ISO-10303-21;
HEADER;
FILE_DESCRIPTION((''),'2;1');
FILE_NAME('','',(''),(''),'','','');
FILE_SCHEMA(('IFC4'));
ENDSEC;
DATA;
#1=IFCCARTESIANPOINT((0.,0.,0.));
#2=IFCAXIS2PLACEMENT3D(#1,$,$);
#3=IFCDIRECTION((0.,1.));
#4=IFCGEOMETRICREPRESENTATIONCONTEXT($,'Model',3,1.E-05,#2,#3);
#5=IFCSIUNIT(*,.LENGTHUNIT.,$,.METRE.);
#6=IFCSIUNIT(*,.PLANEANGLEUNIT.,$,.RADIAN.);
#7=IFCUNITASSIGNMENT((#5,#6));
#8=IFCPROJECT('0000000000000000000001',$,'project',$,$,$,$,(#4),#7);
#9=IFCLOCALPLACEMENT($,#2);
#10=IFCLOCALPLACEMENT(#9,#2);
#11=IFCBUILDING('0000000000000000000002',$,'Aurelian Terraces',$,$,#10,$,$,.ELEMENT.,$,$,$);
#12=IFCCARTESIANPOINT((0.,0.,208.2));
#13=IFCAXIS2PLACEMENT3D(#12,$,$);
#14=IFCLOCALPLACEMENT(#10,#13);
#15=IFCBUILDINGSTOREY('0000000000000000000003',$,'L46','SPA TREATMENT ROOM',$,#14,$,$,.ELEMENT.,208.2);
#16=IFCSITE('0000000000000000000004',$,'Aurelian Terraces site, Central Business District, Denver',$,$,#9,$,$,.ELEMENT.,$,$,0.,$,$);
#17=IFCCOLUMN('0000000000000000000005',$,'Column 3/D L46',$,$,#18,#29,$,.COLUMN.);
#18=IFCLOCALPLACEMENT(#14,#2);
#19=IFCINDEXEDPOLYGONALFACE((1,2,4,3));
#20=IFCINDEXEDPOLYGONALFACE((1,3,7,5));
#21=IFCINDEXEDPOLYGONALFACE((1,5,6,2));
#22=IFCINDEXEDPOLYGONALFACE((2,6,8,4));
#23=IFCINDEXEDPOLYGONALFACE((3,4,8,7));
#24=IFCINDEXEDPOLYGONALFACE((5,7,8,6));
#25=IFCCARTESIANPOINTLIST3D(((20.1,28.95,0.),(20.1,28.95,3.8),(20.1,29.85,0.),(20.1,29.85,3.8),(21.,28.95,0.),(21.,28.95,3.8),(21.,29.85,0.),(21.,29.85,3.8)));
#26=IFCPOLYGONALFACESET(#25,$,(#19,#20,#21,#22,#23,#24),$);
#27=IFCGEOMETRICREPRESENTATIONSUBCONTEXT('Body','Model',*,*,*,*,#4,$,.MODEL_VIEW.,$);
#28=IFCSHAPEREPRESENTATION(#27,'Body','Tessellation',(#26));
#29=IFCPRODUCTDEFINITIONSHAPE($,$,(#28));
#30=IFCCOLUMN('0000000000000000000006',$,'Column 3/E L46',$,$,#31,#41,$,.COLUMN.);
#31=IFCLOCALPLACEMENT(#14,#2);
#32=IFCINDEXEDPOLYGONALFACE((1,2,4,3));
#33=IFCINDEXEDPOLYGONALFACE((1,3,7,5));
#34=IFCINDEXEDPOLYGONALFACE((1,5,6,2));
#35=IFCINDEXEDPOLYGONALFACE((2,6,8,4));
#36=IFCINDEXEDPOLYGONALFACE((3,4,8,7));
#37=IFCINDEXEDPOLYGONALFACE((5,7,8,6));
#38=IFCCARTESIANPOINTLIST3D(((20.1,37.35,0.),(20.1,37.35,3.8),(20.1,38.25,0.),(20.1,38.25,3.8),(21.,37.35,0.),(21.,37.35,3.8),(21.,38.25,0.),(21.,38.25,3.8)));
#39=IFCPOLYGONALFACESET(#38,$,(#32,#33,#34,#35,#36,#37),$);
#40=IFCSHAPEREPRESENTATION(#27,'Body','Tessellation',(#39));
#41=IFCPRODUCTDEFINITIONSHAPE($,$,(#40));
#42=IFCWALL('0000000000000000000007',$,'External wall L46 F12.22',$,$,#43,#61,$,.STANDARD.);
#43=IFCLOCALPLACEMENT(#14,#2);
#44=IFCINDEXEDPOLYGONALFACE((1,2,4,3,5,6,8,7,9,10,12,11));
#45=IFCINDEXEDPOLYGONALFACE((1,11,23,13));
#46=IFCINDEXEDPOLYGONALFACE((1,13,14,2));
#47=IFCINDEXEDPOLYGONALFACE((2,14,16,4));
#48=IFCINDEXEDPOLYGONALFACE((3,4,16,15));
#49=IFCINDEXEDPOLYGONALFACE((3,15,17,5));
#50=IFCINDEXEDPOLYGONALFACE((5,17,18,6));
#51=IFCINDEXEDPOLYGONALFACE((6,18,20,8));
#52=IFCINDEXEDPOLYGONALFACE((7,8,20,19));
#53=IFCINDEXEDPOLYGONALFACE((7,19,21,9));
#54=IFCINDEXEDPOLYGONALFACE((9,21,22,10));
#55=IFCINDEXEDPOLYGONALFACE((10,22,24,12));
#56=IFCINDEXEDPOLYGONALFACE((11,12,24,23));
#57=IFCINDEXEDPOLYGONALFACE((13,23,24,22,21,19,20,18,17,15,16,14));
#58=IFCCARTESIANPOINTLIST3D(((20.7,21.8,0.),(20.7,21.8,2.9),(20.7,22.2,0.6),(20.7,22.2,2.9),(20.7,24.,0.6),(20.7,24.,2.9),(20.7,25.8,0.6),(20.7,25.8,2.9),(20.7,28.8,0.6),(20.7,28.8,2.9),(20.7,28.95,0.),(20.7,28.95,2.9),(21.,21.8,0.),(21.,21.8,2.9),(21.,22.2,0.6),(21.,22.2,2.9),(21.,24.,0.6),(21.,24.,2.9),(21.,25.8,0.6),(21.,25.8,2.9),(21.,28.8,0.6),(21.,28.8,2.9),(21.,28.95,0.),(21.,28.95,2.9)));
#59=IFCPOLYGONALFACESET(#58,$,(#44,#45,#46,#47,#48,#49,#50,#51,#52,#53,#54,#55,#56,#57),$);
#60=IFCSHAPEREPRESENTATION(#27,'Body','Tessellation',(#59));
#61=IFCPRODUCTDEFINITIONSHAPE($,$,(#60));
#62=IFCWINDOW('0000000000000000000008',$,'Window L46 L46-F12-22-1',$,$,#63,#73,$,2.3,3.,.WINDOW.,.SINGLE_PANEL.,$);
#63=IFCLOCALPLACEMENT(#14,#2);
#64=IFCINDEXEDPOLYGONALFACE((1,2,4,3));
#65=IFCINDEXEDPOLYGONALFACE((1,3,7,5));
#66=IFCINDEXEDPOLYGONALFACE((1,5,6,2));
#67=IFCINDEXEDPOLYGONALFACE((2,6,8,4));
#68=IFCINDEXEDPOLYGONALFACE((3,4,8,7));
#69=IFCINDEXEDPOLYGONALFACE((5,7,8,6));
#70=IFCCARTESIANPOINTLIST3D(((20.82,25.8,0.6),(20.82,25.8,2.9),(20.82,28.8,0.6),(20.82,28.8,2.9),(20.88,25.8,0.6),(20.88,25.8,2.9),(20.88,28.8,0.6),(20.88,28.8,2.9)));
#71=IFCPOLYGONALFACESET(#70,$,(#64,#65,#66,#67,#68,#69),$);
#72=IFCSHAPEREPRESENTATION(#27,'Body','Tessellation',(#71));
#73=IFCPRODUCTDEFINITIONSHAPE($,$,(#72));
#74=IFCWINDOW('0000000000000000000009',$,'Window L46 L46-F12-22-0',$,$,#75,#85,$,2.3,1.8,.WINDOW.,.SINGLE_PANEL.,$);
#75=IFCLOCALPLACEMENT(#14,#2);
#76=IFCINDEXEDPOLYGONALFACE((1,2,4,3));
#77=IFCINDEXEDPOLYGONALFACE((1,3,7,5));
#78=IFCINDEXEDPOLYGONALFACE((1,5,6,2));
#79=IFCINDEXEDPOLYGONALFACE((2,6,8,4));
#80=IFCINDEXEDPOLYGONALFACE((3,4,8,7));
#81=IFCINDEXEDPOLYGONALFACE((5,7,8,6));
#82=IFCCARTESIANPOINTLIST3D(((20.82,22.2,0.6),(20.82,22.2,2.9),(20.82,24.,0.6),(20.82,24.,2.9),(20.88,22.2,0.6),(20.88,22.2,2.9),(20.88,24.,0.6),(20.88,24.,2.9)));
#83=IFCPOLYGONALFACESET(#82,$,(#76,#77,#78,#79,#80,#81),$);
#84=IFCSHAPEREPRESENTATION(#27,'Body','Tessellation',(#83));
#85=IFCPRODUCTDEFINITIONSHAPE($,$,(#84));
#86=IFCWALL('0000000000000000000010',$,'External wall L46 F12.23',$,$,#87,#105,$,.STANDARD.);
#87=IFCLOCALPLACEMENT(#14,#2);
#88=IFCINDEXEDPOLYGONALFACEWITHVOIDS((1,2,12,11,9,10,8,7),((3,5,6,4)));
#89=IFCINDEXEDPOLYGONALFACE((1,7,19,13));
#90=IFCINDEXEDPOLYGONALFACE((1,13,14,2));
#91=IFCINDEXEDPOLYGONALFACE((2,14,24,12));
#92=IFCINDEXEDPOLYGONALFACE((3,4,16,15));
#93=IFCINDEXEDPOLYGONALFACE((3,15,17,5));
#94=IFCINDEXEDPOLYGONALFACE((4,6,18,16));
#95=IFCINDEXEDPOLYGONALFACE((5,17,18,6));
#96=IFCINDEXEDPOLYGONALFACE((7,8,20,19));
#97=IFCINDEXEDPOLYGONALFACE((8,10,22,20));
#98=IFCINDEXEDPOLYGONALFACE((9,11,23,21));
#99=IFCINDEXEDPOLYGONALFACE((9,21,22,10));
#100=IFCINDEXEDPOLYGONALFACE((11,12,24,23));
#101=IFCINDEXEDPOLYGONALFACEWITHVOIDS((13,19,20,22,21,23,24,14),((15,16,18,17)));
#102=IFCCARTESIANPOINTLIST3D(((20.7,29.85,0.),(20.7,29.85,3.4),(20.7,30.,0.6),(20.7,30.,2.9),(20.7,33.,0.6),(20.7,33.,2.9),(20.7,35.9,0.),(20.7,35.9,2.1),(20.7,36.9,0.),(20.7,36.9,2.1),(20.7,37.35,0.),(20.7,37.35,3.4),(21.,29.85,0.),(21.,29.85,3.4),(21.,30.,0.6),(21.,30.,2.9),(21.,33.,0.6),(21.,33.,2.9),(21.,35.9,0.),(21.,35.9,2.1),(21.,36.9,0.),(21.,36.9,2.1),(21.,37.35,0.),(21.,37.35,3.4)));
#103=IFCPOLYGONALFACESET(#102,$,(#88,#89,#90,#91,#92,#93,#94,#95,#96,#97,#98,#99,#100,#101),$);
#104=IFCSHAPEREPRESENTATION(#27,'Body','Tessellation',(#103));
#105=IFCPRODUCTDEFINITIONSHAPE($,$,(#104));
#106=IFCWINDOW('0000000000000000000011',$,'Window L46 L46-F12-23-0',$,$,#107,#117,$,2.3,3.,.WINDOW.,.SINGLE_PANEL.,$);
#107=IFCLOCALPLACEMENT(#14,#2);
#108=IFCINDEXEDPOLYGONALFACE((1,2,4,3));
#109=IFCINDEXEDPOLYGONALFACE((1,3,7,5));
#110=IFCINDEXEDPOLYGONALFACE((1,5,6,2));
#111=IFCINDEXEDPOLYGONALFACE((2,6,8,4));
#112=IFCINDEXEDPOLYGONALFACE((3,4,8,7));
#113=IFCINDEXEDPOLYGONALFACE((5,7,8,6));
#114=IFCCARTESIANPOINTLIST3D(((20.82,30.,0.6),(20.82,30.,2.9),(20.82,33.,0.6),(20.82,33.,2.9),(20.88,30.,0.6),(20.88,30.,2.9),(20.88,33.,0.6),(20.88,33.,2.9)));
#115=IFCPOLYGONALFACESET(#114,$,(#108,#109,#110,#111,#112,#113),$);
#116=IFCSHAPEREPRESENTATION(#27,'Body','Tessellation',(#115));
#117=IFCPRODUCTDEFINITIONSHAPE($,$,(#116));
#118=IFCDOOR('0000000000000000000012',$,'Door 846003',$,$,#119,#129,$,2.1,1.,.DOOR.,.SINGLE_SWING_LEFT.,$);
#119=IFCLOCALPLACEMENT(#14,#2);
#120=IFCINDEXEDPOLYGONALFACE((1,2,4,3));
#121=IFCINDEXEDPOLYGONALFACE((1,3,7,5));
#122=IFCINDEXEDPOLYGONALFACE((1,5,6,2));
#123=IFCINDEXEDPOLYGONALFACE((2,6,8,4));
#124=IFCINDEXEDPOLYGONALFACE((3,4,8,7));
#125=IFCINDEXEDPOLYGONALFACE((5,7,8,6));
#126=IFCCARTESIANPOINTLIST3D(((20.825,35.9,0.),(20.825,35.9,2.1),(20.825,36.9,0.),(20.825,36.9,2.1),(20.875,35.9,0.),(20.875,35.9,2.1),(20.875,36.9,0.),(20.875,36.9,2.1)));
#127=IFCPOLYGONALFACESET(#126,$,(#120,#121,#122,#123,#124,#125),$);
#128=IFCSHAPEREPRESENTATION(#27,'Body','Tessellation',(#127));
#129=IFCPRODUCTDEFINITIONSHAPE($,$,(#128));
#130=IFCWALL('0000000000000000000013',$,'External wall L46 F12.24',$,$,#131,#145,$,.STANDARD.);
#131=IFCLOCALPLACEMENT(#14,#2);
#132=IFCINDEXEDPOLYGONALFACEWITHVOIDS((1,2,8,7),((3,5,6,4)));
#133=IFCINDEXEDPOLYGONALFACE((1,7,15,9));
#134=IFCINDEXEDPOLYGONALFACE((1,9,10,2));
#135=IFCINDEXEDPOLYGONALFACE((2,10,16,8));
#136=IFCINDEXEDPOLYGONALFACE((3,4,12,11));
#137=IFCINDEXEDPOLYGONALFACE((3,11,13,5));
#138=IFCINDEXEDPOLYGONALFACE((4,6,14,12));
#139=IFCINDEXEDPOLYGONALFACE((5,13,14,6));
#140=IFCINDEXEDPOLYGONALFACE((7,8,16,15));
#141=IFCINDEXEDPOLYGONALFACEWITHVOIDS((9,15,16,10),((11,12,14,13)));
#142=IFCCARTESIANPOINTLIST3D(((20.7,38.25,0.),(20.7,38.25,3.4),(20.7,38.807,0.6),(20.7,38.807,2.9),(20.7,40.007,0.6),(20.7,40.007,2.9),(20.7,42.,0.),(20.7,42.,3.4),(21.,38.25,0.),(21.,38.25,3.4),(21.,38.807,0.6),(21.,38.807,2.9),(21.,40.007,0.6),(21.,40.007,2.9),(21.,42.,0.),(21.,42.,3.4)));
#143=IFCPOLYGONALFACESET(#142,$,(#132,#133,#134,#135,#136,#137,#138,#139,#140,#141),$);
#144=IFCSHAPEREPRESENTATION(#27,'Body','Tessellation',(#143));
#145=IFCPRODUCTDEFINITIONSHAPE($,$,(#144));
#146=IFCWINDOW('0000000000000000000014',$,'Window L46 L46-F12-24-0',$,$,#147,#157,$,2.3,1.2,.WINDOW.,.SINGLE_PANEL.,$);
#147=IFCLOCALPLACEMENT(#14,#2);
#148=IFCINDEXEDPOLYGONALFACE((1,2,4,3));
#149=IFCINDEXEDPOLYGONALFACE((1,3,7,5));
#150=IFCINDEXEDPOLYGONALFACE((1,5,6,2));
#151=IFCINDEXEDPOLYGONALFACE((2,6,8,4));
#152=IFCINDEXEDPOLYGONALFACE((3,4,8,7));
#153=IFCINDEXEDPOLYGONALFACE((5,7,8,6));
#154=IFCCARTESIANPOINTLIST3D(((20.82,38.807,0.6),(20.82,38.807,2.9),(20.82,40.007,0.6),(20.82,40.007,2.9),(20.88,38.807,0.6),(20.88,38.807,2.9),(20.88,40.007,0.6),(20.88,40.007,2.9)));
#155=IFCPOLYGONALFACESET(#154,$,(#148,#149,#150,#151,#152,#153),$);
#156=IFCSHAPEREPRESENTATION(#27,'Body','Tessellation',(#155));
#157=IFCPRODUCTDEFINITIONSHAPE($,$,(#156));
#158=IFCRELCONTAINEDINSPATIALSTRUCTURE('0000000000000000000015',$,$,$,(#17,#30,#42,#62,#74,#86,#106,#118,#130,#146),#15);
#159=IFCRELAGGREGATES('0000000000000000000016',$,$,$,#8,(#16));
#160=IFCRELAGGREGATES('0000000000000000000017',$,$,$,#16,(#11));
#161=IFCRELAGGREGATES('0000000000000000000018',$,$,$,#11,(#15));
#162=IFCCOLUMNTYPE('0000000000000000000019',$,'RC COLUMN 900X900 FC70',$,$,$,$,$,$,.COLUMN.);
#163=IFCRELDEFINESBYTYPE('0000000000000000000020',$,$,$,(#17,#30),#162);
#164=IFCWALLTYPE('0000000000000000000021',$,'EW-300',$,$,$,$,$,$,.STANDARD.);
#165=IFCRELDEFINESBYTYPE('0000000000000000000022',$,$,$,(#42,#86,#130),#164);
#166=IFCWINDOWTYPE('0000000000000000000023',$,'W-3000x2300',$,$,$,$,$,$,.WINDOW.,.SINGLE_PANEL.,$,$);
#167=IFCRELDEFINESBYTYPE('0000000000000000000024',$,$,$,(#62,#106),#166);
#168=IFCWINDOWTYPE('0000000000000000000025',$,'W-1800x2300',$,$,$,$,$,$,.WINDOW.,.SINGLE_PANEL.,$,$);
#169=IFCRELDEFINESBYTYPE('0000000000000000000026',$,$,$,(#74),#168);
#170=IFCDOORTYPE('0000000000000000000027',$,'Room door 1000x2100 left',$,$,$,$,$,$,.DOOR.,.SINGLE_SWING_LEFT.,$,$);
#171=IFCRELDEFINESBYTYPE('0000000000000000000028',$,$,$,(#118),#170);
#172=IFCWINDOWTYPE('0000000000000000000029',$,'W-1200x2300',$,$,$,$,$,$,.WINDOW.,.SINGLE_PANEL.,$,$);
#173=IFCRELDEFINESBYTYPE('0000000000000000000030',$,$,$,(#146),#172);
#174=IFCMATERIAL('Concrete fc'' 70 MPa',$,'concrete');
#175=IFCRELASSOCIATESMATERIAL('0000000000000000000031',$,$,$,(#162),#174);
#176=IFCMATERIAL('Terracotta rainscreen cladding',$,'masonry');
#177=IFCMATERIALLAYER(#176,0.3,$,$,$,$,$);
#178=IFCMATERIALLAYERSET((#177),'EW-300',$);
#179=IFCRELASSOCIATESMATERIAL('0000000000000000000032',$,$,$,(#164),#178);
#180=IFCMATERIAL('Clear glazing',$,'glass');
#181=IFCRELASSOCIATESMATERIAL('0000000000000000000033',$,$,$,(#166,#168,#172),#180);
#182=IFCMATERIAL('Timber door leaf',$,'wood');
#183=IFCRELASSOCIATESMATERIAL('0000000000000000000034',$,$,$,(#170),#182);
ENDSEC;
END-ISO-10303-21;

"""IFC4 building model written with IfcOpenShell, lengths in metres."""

from ifc_helpers import new_model, si_unit, direction, frame, frame_2d, origin, origin_2d, place, context, subcontext, project, spatial, rectangle, extrude, source, transform, mapped, material, layer, layer_set, material_profile, profile_set, type_object, element, fill, save


model = new_model("IFC4")

# Units and contexts
model_context = context("Model", 3, precision=1e-05, world=origin(), true_north=direction((0.0, 1.0)))
body_context = subcontext(model_context, "Body", "Model", "MODEL_VIEW")
ifc_project = project(units=[si_unit("LENGTHUNIT", "METRE"), si_unit("PLANEANGLEUNIT", "RADIAN")], contexts=[model_context])

# Site, building, storey
site_placement = place(None, origin())
site = spatial("IfcSite", under=ifc_project, at=site_placement, Name="Aurelian Terraces site, Central Business District, Denver", CompositionType="ELEMENT", RefElevation=0.0)
building_placement = place(site_placement, origin())
building = spatial("IfcBuilding", under=site, at=building_placement, Name="Aurelian Terraces", CompositionType="ELEMENT")
storey_placement = place(building_placement, frame((0.0, 0.0, 208.2)))
storey = spatial("IfcBuildingStorey", under=building, at=storey_placement, Name="L46", Description="SPA TREATMENT ROOM", CompositionType="ELEMENT", Elevation=208.2)

# Columns
ifc_material_1 = material(Name="Concrete fc' 70 MPa", Category="concrete")
ifc_material_profile = material_profile(ifc_material_1, rectangle(XDim=0.9, YDim=0.9, at=origin_2d()))
ifc_profile_set = profile_set([ifc_material_profile], Name="Concrete fc' 70 MPa")
column_type = type_object("IfcColumnType", Name="RC COLUMN 900X900 FC70", PredefinedType="COLUMN", material=ifc_profile_set)
shared_shape_1 = source(origin(), body_context, "Body", "SweptSolid", [
    extrude(rectangle(XDim=0.9, YDim=0.9, at=origin_2d()), origin(), (0.0, 0.0, 1.0), 3.8),
])
for number, where, z_axis, x_axis, name in (
    (1, (20.55, 29.4, 0.0), (0.0, 0.0, 1.0), (1.0, 0.0, 0.0), "Column 3/D L46"),
    (2, (20.55, 37.8, 0.0), (0.0, 0.0, 1.0), (1.0, 0.0, 0.0), "Column 3/E L46"),
):
    element("IfcColumn", number, at=place(storey_placement, frame(where, z_axis=z_axis, x_axis=x_axis)), inside=storey, type_object=column_type, Name=name, PredefinedType="COLUMN", context=body_context, shape_type="MappedRepresentation", body=[
        mapped(shared_shape_1, transform((0.0, 0.0, 0.0), scale=1.0)),
    ])

# Wall, openings, windows
ifc_material_2 = material(Name="Terracotta rainscreen cladding", Category="masonry")
ifc_layer_1 = layer(ifc_material_2, 0.3)
ifc_layer_set_1 = layer_set([ifc_layer_1], Name="EW-300")
wall_type_1 = type_object("IfcWallType", Name="EW-300", PredefinedType="STANDARD", material=ifc_layer_set_1)
wall_1_placement = place(storey_placement, frame((20.85, 21.8, 0.0), z_axis=(0.0, 0.0, 1.0), x_axis=(0.0, 1.0, 0.0)))
wall_1 = element("IfcWall", 3, at=wall_1_placement, inside=storey, type_object=wall_type_1, Name="External wall L46 F12.22", PredefinedType="STANDARD", context=body_context, shape_type="SweptSolid", body=[
    extrude(rectangle(XDim=7.15, YDim=0.3, at=frame_2d((3.575, 0.0))), origin(), (0.0, 0.0, 1.0), 2.9),
])
shared_shape_2 = source(origin(), body_context, "Body", "SweptSolid", [
    extrude(rectangle(XDim=1.8, YDim=2.3, at=frame_2d((0.9, 1.15))), frame((0.0, 0.16, 0.0), z_axis=(0.0, -1.0, 0.0), x_axis=(1.0, 0.0, 0.0)), (0.0, 0.0, 1.0), 0.32),
])
opening_1_placement = place(wall_1_placement, frame((0.4, 0.0, 0.6)))
opening_1 = element("IfcOpeningElement", 4, at=opening_1_placement, cuts=wall_1, PredefinedType="OPENING", context=body_context, shape_type="MappedRepresentation", body=[
    mapped(shared_shape_2, transform((0.0, 0.0, 0.0), scale=1.0)),
])
shared_shape_3 = source(origin(), body_context, "Body", "SweptSolid", [
    extrude(rectangle(XDim=3.0, YDim=2.3, at=frame_2d((1.5, 1.15))), frame((0.0, 0.16, 0.0), z_axis=(0.0, -1.0, 0.0), x_axis=(1.0, 0.0, 0.0)), (0.0, 0.0, 1.0), 0.32),
])
opening_2_placement = place(wall_1_placement, frame((4.0, 0.0, 0.6)))
opening_2 = element("IfcOpeningElement", 5, at=opening_2_placement, cuts=wall_1, PredefinedType="OPENING", context=body_context, shape_type="MappedRepresentation", body=[
    mapped(shared_shape_3, transform((0.0, 0.0, 0.0), scale=1.0)),
])
ifc_material_3 = material(Name="Clear glazing", Category="glass")
window_type_1 = type_object("IfcWindowType", Name="W-3000x2300", PartitioningType="SINGLE_PANEL", PredefinedType="WINDOW", material=ifc_material_3)
shared_shape_4 = source(origin(), body_context, "Body", "SweptSolid", [
    extrude(rectangle(XDim=3.0, YDim=2.3, at=frame_2d((1.5, 1.15))), frame((0.0, 0.03, 0.0), z_axis=(0.0, -1.0, 0.0), x_axis=(1.0, 0.0, 0.0)), (0.0, 0.0, 1.0), 0.06),
])
window_1_placement = place(opening_2_placement, origin())
window_1 = element("IfcWindow", 6, at=window_1_placement, inside=storey, type_object=window_type_1, Name="Window L46 L46-F12-22-1", OverallHeight=2.3, OverallWidth=3.0, PartitioningType="SINGLE_PANEL", PredefinedType="WINDOW", context=body_context, shape_type="MappedRepresentation", body=[
    mapped(shared_shape_4, transform((0.0, 0.0, 0.0), scale=1.0)),
])
fill(opening_2, window_1)
window_type_2 = type_object("IfcWindowType", Name="W-1800x2300", PartitioningType="SINGLE_PANEL", PredefinedType="WINDOW", material=ifc_material_3)
shared_shape_5 = source(origin(), body_context, "Body", "SweptSolid", [
    extrude(rectangle(XDim=1.8, YDim=2.3, at=frame_2d((0.9, 1.15))), frame((0.0, 0.03, 0.0), z_axis=(0.0, -1.0, 0.0), x_axis=(1.0, 0.0, 0.0)), (0.0, 0.0, 1.0), 0.06),
])
window_2_placement = place(opening_1_placement, origin())
window_2 = element("IfcWindow", 7, at=window_2_placement, inside=storey, type_object=window_type_2, Name="Window L46 L46-F12-22-0", OverallHeight=2.3, OverallWidth=1.8, PartitioningType="SINGLE_PANEL", PredefinedType="WINDOW", context=body_context, shape_type="MappedRepresentation", body=[
    mapped(shared_shape_5, transform((0.0, 0.0, 0.0), scale=1.0)),
])
fill(opening_1, window_2)

# Wall, openings, window, door
shared_shape_6 = source(origin(), body_context, "Body", "SweptSolid", [
    extrude(rectangle(XDim=7.5, YDim=0.3, at=frame_2d((3.75, 0.0))), origin(), (0.0, 0.0, 1.0), 3.4),
])
wall_2_placement = place(storey_placement, frame((20.85, 29.85, 0.0), z_axis=(0.0, 0.0, 1.0), x_axis=(0.0, 1.0, 0.0)))
wall_2 = element("IfcWall", 8, at=wall_2_placement, inside=storey, type_object=wall_type_1, Name="External wall L46 F12.23", PredefinedType="STANDARD", context=body_context, shape_type="MappedRepresentation", body=[
    mapped(shared_shape_6, transform((0.0, 0.0, 0.0), scale=1.0)),
])
opening_3_placement = place(wall_2_placement, frame((0.15, 0.0, 0.6)))
opening_3 = element("IfcOpeningElement", 9, at=opening_3_placement, cuts=wall_2, PredefinedType="OPENING", context=body_context, shape_type="MappedRepresentation", body=[
    mapped(shared_shape_3, transform((0.0, 0.0, 0.0), scale=1.0)),
])
shared_shape_7 = source(origin(), body_context, "Body", "SweptSolid", [
    extrude(rectangle(XDim=1.0, YDim=2.1, at=frame_2d((0.5, 1.05))), frame((0.0, 0.16, 0.0), z_axis=(0.0, -1.0, 0.0), x_axis=(1.0, 0.0, 0.0)), (0.0, 0.0, 1.0), 0.32),
])
opening_4_placement = place(wall_2_placement, frame((6.05, 0.0, 0.0)))
opening_4 = element("IfcOpeningElement", 10, at=opening_4_placement, cuts=wall_2, PredefinedType="OPENING", context=body_context, shape_type="MappedRepresentation", body=[
    mapped(shared_shape_7, transform((0.0, 0.0, 0.0), scale=1.0)),
])
window_3_placement = place(opening_3_placement, origin())
window_3 = element("IfcWindow", 11, at=window_3_placement, inside=storey, type_object=window_type_1, Name="Window L46 L46-F12-23-0", OverallHeight=2.3, OverallWidth=3.0, PartitioningType="SINGLE_PANEL", PredefinedType="WINDOW", context=body_context, shape_type="MappedRepresentation", body=[
    mapped(shared_shape_4, transform((0.0, 0.0, 0.0), scale=1.0)),
])
fill(opening_3, window_3)
ifc_material_4 = material(Name="Timber door leaf", Category="wood")
door_type_1 = type_object("IfcDoorType", Name="Room door 1000x2100 left", OperationType="SINGLE_SWING_LEFT", PredefinedType="DOOR", material=ifc_material_4)
shared_shape_8 = source(origin(), body_context, "Body", "SweptSolid", [
    extrude(rectangle(XDim=1.0, YDim=2.1, at=frame_2d((0.5, 1.05))), frame((0.0, 0.025, 0.0), z_axis=(0.0, -1.0, 0.0), x_axis=(1.0, 0.0, 0.0)), (0.0, 0.0, 1.0), 0.05),
])
door_1_placement = place(opening_4_placement, origin())
door_1 = element("IfcDoor", 12, at=door_1_placement, inside=storey, type_object=door_type_1, Name="Door 846003", OperationType="SINGLE_SWING_LEFT", OverallHeight=2.1, OverallWidth=1.0, PredefinedType="DOOR", context=body_context, shape_type="MappedRepresentation", body=[
    mapped(shared_shape_8, transform((0.0, 0.0, 0.0), scale=1.0)),
])
fill(opening_4, door_1)

# Wall, opening, window
shared_shape_9 = source(origin(), body_context, "Body", "SweptSolid", [
    extrude(rectangle(XDim=3.75, YDim=0.3, at=frame_2d((1.875, 0.0))), origin(), (0.0, 0.0, 1.0), 3.4),
])
wall_3_placement = place(storey_placement, frame((20.85, 38.25, 0.0), z_axis=(0.0, 0.0, 1.0), x_axis=(0.0, 1.0, 0.0)))
wall_3 = element("IfcWall", 13, at=wall_3_placement, inside=storey, type_object=wall_type_1, Name="External wall L46 F12.24", PredefinedType="STANDARD", context=body_context, shape_type="MappedRepresentation", body=[
    mapped(shared_shape_9, transform((0.0, 0.0, 0.0), scale=1.0)),
])
shared_shape_10 = source(origin(), body_context, "Body", "SweptSolid", [
    extrude(rectangle(XDim=1.2, YDim=2.3, at=frame_2d((0.6, 1.15))), frame((0.0, 0.16, 0.0), z_axis=(0.0, -1.0, 0.0), x_axis=(1.0, 0.0, 0.0)), (0.0, 0.0, 1.0), 0.32),
])
opening_5_placement = place(wall_3_placement, frame((0.557, 0.0, 0.6)))
opening_5 = element("IfcOpeningElement", 14, at=opening_5_placement, cuts=wall_3, PredefinedType="OPENING", context=body_context, shape_type="MappedRepresentation", body=[
    mapped(shared_shape_10, transform((0.0, 0.0, 0.0), scale=1.0)),
])
window_type_3 = type_object("IfcWindowType", Name="W-1200x2300", PartitioningType="SINGLE_PANEL", PredefinedType="WINDOW", material=ifc_material_3)
shared_shape_11 = source(origin(), body_context, "Body", "SweptSolid", [
    extrude(rectangle(XDim=1.2, YDim=2.3, at=frame_2d((0.6, 1.15))), frame((0.0, 0.03, 0.0), z_axis=(0.0, -1.0, 0.0), x_axis=(1.0, 0.0, 0.0)), (0.0, 0.0, 1.0), 0.06),
])
window_4_placement = place(opening_5_placement, origin())
window_4 = element("IfcWindow", 15, at=window_4_placement, inside=storey, type_object=window_type_3, Name="Window L46 L46-F12-24-0", OverallHeight=2.3, OverallWidth=1.2, PartitioningType="SINGLE_PANEL", PredefinedType="WINDOW", context=body_context, shape_type="MappedRepresentation", body=[
    mapped(shared_shape_11, transform((0.0, 0.0, 0.0), scale=1.0)),
])
fill(opening_5, window_4)

save(model, "model.ifc")
